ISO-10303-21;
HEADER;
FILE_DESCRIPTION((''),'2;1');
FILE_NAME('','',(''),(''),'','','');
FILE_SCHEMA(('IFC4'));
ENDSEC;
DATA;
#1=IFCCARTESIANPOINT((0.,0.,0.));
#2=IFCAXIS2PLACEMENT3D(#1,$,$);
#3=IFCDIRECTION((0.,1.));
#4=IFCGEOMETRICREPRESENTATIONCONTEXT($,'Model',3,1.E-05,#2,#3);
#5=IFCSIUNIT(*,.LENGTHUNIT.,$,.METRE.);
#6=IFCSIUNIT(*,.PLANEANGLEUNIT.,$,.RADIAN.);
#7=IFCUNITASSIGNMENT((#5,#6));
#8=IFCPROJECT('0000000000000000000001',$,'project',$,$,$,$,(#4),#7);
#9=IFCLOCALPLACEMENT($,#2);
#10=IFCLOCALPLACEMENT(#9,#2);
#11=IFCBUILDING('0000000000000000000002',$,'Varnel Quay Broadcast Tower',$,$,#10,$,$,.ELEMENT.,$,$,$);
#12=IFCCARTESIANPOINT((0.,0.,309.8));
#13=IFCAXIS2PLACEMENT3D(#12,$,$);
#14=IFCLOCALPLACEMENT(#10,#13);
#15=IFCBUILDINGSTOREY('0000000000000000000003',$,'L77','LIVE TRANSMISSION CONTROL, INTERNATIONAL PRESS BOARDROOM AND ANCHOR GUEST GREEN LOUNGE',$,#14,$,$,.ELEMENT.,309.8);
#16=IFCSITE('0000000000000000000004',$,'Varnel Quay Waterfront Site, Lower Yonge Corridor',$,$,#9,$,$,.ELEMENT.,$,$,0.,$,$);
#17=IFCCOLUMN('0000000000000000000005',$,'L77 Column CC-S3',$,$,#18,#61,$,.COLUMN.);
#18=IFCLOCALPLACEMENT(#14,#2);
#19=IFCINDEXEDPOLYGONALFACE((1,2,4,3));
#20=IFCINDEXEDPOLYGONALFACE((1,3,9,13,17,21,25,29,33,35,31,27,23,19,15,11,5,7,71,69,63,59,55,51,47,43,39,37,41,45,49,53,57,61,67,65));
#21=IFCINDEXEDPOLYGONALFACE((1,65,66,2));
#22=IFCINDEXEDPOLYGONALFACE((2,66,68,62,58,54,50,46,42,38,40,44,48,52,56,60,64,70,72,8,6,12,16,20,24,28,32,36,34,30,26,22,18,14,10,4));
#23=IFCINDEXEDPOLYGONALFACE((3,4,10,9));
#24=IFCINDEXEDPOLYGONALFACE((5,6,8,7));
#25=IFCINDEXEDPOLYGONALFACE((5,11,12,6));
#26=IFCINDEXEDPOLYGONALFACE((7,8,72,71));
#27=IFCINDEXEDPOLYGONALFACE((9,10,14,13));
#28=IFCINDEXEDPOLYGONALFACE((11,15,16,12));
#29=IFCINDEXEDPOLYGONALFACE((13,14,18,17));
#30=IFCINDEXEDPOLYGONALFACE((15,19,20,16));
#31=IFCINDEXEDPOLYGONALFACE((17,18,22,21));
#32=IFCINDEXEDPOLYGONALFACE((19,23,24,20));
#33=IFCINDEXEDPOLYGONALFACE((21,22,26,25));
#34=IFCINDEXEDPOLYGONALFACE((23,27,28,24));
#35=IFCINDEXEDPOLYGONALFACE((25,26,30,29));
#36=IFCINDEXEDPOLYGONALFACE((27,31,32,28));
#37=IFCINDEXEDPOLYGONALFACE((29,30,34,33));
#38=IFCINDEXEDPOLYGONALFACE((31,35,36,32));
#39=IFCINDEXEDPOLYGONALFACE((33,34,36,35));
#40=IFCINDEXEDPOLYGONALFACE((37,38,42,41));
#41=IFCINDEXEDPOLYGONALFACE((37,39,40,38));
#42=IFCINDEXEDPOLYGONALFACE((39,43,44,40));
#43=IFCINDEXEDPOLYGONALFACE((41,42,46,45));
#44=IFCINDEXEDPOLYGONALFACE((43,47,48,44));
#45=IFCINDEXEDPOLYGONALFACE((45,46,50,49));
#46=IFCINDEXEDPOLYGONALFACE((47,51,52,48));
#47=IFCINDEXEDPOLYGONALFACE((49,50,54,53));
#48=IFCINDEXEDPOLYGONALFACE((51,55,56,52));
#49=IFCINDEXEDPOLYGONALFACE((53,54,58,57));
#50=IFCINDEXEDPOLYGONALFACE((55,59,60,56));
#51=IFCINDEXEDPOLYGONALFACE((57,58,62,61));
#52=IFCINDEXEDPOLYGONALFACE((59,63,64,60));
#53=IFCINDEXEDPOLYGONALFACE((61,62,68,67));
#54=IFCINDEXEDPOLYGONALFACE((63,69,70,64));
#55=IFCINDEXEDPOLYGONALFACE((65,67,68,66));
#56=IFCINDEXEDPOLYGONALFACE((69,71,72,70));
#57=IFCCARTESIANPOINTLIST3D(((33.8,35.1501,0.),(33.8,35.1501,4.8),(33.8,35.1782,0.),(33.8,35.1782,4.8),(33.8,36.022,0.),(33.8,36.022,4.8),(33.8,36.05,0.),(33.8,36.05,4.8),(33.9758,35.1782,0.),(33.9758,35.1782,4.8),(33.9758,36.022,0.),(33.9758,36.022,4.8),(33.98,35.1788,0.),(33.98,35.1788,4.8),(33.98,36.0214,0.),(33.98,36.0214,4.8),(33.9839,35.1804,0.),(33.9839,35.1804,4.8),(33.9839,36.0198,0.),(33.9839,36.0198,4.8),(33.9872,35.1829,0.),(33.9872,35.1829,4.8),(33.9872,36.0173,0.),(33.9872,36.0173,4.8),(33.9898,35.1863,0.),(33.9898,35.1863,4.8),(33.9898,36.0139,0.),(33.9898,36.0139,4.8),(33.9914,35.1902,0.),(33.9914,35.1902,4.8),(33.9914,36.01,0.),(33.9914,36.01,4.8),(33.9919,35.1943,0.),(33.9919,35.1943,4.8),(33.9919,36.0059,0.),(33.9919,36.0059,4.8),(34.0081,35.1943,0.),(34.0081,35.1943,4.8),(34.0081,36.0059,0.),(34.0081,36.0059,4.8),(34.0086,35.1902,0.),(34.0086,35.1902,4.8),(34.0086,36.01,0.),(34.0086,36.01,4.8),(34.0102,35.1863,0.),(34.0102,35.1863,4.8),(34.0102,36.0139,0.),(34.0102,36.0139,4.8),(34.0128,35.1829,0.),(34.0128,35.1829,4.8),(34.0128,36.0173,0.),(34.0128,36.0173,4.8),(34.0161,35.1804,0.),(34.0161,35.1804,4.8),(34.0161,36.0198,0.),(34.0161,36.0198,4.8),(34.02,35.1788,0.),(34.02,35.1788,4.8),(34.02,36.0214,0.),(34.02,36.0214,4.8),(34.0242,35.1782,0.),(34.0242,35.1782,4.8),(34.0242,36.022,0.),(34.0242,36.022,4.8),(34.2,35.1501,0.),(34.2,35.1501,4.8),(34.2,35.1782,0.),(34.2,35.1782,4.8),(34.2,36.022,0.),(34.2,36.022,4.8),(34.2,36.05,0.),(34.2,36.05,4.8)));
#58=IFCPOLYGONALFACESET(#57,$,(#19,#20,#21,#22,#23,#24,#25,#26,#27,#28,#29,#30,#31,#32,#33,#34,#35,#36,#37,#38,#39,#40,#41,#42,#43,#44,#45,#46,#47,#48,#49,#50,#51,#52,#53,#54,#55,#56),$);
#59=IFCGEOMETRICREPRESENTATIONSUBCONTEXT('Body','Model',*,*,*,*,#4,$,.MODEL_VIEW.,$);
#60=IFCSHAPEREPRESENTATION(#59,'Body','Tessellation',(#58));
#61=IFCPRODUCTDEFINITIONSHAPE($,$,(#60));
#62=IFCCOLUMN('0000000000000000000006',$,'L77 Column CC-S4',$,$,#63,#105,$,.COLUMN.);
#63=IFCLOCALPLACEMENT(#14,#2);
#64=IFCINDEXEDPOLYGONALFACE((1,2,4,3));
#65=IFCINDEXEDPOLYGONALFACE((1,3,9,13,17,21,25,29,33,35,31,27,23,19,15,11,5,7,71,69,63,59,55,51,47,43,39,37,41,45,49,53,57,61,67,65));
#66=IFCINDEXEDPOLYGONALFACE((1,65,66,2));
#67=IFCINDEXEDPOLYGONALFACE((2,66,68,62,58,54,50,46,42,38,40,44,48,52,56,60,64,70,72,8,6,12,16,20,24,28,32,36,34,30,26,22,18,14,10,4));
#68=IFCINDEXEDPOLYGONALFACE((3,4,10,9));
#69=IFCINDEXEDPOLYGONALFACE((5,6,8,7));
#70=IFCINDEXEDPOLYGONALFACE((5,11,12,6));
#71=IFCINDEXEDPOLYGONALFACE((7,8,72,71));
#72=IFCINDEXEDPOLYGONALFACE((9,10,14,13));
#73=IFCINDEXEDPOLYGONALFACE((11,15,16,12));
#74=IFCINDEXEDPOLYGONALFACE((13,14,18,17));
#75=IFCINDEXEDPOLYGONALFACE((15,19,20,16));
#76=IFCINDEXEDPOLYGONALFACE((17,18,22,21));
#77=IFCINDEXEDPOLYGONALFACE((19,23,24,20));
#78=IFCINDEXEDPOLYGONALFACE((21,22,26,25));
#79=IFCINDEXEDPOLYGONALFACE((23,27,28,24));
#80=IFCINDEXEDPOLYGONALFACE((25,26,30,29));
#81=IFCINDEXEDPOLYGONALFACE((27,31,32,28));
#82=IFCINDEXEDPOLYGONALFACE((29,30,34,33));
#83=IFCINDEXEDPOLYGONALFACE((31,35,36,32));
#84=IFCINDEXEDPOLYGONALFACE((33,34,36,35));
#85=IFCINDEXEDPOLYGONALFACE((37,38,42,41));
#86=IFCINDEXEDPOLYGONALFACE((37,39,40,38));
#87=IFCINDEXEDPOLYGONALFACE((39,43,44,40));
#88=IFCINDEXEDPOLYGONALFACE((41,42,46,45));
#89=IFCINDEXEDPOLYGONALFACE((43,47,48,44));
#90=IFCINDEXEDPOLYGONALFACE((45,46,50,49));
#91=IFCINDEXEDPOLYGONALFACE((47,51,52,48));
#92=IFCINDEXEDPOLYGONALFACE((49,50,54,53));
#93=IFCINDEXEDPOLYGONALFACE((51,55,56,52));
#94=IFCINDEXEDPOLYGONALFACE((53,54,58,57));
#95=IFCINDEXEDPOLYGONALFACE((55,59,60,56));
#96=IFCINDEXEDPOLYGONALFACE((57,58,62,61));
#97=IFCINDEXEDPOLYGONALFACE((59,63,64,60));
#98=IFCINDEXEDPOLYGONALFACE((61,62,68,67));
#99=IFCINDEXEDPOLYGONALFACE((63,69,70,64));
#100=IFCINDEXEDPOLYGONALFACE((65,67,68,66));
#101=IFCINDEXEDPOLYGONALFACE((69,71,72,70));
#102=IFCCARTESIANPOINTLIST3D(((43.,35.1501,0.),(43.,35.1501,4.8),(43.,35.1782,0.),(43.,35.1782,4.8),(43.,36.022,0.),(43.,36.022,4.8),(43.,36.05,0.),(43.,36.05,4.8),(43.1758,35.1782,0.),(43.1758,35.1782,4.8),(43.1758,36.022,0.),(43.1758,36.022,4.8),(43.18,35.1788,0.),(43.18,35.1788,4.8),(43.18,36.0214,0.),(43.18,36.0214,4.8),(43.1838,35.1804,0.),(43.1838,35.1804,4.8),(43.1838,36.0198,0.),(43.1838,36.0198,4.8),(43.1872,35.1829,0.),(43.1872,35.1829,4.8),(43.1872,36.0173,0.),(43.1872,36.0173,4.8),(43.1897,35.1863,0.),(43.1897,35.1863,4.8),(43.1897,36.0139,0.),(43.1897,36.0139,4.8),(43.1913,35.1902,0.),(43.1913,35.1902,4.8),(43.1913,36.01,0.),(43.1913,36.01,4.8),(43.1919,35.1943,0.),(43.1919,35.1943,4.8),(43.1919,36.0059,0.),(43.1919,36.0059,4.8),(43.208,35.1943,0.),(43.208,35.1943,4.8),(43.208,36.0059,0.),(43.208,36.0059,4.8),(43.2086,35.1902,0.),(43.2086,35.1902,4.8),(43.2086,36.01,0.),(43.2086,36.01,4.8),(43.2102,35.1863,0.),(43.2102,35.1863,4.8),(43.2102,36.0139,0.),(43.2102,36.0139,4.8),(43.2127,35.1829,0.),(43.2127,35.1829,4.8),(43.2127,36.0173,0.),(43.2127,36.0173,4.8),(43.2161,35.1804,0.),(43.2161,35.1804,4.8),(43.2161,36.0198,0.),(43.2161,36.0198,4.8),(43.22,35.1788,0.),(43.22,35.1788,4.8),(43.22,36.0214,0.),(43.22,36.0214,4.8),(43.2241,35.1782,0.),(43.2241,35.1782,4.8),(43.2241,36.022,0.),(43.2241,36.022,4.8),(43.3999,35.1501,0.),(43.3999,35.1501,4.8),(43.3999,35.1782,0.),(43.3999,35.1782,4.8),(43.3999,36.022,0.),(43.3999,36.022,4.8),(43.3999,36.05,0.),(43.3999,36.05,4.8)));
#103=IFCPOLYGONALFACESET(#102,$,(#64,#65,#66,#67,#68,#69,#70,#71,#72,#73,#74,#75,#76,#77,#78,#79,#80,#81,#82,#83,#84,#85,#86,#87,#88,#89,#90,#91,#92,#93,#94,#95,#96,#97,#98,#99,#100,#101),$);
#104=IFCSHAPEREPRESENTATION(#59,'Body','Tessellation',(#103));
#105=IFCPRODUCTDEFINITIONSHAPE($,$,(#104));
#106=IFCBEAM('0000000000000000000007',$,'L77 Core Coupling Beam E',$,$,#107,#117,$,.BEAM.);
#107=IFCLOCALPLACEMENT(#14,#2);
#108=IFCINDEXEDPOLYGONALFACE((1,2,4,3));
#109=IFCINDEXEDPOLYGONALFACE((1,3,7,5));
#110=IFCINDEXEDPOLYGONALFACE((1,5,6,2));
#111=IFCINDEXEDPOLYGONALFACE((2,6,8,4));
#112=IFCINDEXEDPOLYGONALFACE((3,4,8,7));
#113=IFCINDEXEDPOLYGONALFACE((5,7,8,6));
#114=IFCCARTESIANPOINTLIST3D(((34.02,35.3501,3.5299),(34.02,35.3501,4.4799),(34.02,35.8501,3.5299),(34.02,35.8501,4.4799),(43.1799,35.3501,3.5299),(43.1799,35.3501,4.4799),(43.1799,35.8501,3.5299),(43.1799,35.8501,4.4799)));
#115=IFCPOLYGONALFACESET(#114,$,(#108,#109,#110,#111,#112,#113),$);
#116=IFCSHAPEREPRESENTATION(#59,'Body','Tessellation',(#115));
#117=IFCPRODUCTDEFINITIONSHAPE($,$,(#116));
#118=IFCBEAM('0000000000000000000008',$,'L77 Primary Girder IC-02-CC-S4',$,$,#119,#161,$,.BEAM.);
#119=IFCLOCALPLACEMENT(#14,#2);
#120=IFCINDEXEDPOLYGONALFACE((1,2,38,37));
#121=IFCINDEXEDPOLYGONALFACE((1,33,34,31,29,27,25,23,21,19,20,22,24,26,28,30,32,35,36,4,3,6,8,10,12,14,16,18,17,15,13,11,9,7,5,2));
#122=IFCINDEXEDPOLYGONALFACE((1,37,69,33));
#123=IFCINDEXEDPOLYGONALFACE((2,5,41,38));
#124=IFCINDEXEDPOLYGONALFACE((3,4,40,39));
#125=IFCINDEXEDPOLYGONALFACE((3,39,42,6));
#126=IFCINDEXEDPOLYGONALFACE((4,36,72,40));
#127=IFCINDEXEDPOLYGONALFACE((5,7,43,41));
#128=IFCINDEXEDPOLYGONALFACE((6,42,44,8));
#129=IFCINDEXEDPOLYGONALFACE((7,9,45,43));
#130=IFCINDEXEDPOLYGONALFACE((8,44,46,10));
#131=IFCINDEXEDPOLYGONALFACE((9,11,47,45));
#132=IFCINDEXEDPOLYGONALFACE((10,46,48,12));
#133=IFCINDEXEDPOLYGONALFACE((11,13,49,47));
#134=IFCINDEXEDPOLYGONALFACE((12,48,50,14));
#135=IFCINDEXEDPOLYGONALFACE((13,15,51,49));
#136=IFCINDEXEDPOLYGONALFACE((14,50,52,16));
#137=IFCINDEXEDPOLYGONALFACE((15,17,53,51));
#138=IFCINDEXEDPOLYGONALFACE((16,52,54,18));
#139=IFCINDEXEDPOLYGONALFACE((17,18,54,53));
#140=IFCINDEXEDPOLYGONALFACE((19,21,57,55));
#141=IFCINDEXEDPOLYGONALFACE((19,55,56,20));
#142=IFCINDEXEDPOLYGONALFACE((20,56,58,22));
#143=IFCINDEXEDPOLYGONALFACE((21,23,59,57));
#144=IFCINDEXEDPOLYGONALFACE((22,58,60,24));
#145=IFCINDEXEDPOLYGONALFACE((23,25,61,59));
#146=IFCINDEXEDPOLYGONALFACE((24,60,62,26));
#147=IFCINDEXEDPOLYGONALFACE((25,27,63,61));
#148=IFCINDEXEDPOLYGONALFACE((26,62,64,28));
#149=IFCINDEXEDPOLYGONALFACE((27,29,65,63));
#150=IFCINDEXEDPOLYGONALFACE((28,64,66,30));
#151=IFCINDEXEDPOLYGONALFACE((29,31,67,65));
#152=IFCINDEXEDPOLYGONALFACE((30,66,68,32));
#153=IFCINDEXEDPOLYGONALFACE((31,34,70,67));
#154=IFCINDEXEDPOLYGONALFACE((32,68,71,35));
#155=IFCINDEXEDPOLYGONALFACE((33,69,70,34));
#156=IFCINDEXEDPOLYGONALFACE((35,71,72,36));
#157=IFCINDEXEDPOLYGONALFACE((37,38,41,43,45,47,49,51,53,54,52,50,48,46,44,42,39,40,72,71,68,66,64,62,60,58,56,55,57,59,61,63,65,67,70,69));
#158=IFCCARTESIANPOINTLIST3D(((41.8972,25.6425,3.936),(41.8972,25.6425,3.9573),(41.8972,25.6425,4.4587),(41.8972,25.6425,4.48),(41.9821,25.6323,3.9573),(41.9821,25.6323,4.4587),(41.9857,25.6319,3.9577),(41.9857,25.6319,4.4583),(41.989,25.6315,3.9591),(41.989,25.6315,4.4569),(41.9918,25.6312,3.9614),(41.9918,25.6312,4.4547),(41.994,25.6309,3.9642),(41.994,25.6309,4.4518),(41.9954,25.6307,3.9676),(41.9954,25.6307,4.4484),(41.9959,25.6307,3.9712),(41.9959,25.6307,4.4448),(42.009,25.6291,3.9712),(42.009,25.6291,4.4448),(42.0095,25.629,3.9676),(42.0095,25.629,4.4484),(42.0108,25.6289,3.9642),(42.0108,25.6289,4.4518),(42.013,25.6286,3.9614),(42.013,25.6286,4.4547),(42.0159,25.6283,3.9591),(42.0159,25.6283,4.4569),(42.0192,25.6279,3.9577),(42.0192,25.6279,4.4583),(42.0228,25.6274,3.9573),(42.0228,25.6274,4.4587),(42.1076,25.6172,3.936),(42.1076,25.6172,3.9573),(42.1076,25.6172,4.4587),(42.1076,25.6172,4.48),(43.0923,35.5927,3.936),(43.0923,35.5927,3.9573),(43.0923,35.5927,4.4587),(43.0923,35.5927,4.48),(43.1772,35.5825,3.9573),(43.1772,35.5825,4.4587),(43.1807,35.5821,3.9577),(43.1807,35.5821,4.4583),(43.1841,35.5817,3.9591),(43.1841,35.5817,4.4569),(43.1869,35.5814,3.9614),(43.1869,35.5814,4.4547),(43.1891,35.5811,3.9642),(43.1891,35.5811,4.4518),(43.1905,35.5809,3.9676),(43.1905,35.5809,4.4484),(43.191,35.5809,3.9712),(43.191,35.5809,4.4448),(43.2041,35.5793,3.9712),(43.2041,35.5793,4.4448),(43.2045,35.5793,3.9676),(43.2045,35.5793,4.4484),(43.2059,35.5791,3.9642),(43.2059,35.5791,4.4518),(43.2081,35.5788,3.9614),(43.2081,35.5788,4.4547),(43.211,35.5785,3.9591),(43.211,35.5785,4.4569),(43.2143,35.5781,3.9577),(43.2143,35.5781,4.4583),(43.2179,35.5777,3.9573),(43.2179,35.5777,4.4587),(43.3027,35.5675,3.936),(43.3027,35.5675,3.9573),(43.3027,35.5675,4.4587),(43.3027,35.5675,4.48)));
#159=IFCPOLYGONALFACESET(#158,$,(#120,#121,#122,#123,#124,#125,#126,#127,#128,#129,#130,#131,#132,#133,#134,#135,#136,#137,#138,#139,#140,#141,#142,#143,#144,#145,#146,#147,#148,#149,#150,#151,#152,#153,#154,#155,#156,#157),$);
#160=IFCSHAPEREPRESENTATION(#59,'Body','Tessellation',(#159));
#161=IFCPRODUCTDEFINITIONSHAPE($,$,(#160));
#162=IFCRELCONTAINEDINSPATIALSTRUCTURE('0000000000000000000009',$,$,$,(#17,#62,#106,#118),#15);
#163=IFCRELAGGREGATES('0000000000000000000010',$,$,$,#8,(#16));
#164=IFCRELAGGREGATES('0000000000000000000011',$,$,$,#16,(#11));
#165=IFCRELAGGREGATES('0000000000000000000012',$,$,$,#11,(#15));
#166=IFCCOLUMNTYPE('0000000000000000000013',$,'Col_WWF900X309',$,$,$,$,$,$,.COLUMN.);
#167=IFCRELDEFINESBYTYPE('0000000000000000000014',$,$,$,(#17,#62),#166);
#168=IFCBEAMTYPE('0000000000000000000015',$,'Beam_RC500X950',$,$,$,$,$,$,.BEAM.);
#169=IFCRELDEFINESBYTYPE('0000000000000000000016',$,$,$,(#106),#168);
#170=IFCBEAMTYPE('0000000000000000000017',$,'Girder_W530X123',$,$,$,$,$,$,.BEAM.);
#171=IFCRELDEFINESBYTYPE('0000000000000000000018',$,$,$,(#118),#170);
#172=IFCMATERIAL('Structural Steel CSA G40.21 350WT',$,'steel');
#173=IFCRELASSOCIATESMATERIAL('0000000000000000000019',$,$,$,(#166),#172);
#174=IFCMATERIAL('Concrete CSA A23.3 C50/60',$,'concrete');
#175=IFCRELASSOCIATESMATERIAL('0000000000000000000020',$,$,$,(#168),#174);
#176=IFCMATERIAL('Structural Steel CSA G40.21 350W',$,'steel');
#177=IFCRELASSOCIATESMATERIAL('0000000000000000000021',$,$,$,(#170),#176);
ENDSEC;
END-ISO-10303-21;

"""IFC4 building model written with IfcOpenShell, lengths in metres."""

from ifc_helpers import new_model, si_unit, direction, frame, origin, origin_2d, place, context, subcontext, project, spatial, rectangle, i_section, extrude, source, transform, mapped, material, material_profile, profile_set, type_object, type_shapes, element, save


model = new_model("IFC4")

# Units and contexts
model_context = context("Model", 3, precision=1e-05, world=origin(), true_north=direction((0.0, 1.0)))
body_context = subcontext(model_context, "Body", "Model", "MODEL_VIEW")
ifc_project = project(units=[si_unit("LENGTHUNIT", "METRE"), si_unit("PLANEANGLEUNIT", "RADIAN")], contexts=[model_context])

# Site, building, storey
site_placement = place(None, origin())
site = spatial("IfcSite", under=ifc_project, at=site_placement, Name="Varnel Quay Waterfront Site, Lower Yonge Corridor", CompositionType="ELEMENT", RefElevation=0.0)
building_placement = place(site_placement, origin())
building = spatial("IfcBuilding", under=site, at=building_placement, Name="Varnel Quay Broadcast Tower", CompositionType="ELEMENT")
storey_placement = place(building_placement, frame((0.0, 0.0, 309.8)))
storey = spatial("IfcBuildingStorey", under=building, at=storey_placement, Name="L77", Description="LIVE TRANSMISSION CONTROL, INTERNATIONAL PRESS BOARDROOM AND ANCHOR GUEST GREEN LOUNGE", CompositionType="ELEMENT", Elevation=309.8)

# Columns
ifc_material_1 = material(Name="Structural Steel CSA G40.21 350WT", Category="steel")
ifc_material_profile_1 = material_profile(ifc_material_1, i_section(OverallWidth=0.3999, OverallDepth=0.8999, WebThickness=0.0161, FlangeThickness=0.0281, FilletRadius=0.0161, at=origin_2d()), Name="WWF900X309")
ifc_profile_set_1 = profile_set([ifc_material_profile_1], Name="Structural Steel CSA G40.21 350WT")
column_type = type_object("IfcColumnType", Name="Col_WWF900X309", PredefinedType="COLUMN", material=ifc_profile_set_1)
shared_shape_1 = source(origin(), body_context, "Body", "SweptSolid", [
    extrude(i_section(OverallWidth=0.3999, OverallDepth=0.8999, WebThickness=0.0161, FlangeThickness=0.0281, FilletRadius=0.0161, at=origin_2d()), origin(), (0.0, 0.0, 1.0), 4.8),
])
type_shapes(column_type, [shared_shape_1])
for number, where, z_axis, x_axis, name in (
    (1, (34.0, 35.6001, 0.0), (0.0, 0.0, 1.0), (1.0, 0.0, 0.0), "L77 Column CC-S3"),
    (2, (43.2, 35.6001, 0.0), (0.0, 0.0, 1.0), (1.0, 0.0, 0.0), "L77 Column CC-S4"),
):
    element("IfcColumn", number, at=place(storey_placement, frame(where, z_axis=z_axis, x_axis=x_axis)), inside=storey, type_object=column_type, Name=name, PredefinedType="COLUMN", context=body_context, shape_type="MappedRepresentation", body=[
        mapped(shared_shape_1, transform((0.0, 0.0, 0.0), x_axis=(1.0, 0.0, 0.0), y_axis=(0.0, 1.0, 0.0), z_axis=(0.0, 0.0, 1.0), scale=1.0)),
    ])

# Beams
ifc_material_2 = material(Name="Concrete CSA A23.3 C50/60", Category="concrete")
ifc_material_profile_2 = material_profile(ifc_material_2, rectangle(XDim=0.5, YDim=0.95, at=origin_2d()), Name="RC500X950")
ifc_profile_set_2 = profile_set([ifc_material_profile_2], Name="Concrete CSA A23.3 C50/60")
beam_type_1 = type_object("IfcBeamType", Name="Beam_RC500X950", PredefinedType="BEAM", material=ifc_profile_set_2)
shared_shape_2 = source(origin(), body_context, "Body", "SweptSolid", [
    extrude(rectangle(XDim=0.5, YDim=0.95, at=origin_2d()), origin(), (0.0, 0.0, 1.0), 9.1599),
])
type_shapes(beam_type_1, [shared_shape_2])
beam_1_placement = place(storey_placement, frame((34.02, 35.6001, 4.0049), z_axis=(1.0, 0.0, 0.0), x_axis=(0.0, 1.0, 0.0)))
element("IfcBeam", 3, at=beam_1_placement, inside=storey, type_object=beam_type_1, Name="L77 Core Coupling Beam E", PredefinedType="BEAM", context=body_context, shape_type="MappedRepresentation", body=[
    mapped(shared_shape_2, transform((0.0, 0.0, 0.0), x_axis=(1.0, 0.0, 0.0), y_axis=(0.0, 1.0, 0.0), z_axis=(0.0, 0.0, 1.0), scale=1.0)),
])
ifc_material_3 = material(Name="Structural Steel CSA G40.21 350W", Category="steel")
ifc_material_profile_3 = material_profile(ifc_material_3, i_section(OverallWidth=0.2119, OverallDepth=0.5439, WebThickness=0.0132, FlangeThickness=0.0212, FilletRadius=0.0139, at=origin_2d()), Name="W530X123")
ifc_profile_set_3 = profile_set([ifc_material_profile_3], Name="Structural Steel CSA G40.21 350W")
beam_type_2 = type_object("IfcBeamType", Name="Girder_W530X123", PredefinedType="BEAM", material=ifc_profile_set_3)
shared_shape_3 = source(origin(), body_context, "Body", "SweptSolid", [
    extrude(i_section(OverallWidth=0.2119, OverallDepth=0.5439, WebThickness=0.0132, FlangeThickness=0.0212, FilletRadius=0.0139, at=origin_2d()), origin(), (0.0, 0.0, 1.0), 10.0217),
])
beam_2_placement = place(storey_placement, frame((42.0024, 25.6299, 4.208), z_axis=(0.119248, 0.992864, 0.0), x_axis=(-0.992864, 0.119248, 0.0)))
element("IfcBeam", 4, at=beam_2_placement, inside=storey, type_object=beam_type_2, Name="L77 Primary Girder IC-02-CC-S4", PredefinedType="BEAM", context=body_context, shape_type="MappedRepresentation", body=[
    mapped(shared_shape_3, transform((0.0, 0.0, 0.0), x_axis=(1.0, 0.0, 0.0), y_axis=(0.0, 1.0, 0.0), z_axis=(0.0, 0.0, 1.0), scale=1.0)),
])

save(model, "model.ifc")
